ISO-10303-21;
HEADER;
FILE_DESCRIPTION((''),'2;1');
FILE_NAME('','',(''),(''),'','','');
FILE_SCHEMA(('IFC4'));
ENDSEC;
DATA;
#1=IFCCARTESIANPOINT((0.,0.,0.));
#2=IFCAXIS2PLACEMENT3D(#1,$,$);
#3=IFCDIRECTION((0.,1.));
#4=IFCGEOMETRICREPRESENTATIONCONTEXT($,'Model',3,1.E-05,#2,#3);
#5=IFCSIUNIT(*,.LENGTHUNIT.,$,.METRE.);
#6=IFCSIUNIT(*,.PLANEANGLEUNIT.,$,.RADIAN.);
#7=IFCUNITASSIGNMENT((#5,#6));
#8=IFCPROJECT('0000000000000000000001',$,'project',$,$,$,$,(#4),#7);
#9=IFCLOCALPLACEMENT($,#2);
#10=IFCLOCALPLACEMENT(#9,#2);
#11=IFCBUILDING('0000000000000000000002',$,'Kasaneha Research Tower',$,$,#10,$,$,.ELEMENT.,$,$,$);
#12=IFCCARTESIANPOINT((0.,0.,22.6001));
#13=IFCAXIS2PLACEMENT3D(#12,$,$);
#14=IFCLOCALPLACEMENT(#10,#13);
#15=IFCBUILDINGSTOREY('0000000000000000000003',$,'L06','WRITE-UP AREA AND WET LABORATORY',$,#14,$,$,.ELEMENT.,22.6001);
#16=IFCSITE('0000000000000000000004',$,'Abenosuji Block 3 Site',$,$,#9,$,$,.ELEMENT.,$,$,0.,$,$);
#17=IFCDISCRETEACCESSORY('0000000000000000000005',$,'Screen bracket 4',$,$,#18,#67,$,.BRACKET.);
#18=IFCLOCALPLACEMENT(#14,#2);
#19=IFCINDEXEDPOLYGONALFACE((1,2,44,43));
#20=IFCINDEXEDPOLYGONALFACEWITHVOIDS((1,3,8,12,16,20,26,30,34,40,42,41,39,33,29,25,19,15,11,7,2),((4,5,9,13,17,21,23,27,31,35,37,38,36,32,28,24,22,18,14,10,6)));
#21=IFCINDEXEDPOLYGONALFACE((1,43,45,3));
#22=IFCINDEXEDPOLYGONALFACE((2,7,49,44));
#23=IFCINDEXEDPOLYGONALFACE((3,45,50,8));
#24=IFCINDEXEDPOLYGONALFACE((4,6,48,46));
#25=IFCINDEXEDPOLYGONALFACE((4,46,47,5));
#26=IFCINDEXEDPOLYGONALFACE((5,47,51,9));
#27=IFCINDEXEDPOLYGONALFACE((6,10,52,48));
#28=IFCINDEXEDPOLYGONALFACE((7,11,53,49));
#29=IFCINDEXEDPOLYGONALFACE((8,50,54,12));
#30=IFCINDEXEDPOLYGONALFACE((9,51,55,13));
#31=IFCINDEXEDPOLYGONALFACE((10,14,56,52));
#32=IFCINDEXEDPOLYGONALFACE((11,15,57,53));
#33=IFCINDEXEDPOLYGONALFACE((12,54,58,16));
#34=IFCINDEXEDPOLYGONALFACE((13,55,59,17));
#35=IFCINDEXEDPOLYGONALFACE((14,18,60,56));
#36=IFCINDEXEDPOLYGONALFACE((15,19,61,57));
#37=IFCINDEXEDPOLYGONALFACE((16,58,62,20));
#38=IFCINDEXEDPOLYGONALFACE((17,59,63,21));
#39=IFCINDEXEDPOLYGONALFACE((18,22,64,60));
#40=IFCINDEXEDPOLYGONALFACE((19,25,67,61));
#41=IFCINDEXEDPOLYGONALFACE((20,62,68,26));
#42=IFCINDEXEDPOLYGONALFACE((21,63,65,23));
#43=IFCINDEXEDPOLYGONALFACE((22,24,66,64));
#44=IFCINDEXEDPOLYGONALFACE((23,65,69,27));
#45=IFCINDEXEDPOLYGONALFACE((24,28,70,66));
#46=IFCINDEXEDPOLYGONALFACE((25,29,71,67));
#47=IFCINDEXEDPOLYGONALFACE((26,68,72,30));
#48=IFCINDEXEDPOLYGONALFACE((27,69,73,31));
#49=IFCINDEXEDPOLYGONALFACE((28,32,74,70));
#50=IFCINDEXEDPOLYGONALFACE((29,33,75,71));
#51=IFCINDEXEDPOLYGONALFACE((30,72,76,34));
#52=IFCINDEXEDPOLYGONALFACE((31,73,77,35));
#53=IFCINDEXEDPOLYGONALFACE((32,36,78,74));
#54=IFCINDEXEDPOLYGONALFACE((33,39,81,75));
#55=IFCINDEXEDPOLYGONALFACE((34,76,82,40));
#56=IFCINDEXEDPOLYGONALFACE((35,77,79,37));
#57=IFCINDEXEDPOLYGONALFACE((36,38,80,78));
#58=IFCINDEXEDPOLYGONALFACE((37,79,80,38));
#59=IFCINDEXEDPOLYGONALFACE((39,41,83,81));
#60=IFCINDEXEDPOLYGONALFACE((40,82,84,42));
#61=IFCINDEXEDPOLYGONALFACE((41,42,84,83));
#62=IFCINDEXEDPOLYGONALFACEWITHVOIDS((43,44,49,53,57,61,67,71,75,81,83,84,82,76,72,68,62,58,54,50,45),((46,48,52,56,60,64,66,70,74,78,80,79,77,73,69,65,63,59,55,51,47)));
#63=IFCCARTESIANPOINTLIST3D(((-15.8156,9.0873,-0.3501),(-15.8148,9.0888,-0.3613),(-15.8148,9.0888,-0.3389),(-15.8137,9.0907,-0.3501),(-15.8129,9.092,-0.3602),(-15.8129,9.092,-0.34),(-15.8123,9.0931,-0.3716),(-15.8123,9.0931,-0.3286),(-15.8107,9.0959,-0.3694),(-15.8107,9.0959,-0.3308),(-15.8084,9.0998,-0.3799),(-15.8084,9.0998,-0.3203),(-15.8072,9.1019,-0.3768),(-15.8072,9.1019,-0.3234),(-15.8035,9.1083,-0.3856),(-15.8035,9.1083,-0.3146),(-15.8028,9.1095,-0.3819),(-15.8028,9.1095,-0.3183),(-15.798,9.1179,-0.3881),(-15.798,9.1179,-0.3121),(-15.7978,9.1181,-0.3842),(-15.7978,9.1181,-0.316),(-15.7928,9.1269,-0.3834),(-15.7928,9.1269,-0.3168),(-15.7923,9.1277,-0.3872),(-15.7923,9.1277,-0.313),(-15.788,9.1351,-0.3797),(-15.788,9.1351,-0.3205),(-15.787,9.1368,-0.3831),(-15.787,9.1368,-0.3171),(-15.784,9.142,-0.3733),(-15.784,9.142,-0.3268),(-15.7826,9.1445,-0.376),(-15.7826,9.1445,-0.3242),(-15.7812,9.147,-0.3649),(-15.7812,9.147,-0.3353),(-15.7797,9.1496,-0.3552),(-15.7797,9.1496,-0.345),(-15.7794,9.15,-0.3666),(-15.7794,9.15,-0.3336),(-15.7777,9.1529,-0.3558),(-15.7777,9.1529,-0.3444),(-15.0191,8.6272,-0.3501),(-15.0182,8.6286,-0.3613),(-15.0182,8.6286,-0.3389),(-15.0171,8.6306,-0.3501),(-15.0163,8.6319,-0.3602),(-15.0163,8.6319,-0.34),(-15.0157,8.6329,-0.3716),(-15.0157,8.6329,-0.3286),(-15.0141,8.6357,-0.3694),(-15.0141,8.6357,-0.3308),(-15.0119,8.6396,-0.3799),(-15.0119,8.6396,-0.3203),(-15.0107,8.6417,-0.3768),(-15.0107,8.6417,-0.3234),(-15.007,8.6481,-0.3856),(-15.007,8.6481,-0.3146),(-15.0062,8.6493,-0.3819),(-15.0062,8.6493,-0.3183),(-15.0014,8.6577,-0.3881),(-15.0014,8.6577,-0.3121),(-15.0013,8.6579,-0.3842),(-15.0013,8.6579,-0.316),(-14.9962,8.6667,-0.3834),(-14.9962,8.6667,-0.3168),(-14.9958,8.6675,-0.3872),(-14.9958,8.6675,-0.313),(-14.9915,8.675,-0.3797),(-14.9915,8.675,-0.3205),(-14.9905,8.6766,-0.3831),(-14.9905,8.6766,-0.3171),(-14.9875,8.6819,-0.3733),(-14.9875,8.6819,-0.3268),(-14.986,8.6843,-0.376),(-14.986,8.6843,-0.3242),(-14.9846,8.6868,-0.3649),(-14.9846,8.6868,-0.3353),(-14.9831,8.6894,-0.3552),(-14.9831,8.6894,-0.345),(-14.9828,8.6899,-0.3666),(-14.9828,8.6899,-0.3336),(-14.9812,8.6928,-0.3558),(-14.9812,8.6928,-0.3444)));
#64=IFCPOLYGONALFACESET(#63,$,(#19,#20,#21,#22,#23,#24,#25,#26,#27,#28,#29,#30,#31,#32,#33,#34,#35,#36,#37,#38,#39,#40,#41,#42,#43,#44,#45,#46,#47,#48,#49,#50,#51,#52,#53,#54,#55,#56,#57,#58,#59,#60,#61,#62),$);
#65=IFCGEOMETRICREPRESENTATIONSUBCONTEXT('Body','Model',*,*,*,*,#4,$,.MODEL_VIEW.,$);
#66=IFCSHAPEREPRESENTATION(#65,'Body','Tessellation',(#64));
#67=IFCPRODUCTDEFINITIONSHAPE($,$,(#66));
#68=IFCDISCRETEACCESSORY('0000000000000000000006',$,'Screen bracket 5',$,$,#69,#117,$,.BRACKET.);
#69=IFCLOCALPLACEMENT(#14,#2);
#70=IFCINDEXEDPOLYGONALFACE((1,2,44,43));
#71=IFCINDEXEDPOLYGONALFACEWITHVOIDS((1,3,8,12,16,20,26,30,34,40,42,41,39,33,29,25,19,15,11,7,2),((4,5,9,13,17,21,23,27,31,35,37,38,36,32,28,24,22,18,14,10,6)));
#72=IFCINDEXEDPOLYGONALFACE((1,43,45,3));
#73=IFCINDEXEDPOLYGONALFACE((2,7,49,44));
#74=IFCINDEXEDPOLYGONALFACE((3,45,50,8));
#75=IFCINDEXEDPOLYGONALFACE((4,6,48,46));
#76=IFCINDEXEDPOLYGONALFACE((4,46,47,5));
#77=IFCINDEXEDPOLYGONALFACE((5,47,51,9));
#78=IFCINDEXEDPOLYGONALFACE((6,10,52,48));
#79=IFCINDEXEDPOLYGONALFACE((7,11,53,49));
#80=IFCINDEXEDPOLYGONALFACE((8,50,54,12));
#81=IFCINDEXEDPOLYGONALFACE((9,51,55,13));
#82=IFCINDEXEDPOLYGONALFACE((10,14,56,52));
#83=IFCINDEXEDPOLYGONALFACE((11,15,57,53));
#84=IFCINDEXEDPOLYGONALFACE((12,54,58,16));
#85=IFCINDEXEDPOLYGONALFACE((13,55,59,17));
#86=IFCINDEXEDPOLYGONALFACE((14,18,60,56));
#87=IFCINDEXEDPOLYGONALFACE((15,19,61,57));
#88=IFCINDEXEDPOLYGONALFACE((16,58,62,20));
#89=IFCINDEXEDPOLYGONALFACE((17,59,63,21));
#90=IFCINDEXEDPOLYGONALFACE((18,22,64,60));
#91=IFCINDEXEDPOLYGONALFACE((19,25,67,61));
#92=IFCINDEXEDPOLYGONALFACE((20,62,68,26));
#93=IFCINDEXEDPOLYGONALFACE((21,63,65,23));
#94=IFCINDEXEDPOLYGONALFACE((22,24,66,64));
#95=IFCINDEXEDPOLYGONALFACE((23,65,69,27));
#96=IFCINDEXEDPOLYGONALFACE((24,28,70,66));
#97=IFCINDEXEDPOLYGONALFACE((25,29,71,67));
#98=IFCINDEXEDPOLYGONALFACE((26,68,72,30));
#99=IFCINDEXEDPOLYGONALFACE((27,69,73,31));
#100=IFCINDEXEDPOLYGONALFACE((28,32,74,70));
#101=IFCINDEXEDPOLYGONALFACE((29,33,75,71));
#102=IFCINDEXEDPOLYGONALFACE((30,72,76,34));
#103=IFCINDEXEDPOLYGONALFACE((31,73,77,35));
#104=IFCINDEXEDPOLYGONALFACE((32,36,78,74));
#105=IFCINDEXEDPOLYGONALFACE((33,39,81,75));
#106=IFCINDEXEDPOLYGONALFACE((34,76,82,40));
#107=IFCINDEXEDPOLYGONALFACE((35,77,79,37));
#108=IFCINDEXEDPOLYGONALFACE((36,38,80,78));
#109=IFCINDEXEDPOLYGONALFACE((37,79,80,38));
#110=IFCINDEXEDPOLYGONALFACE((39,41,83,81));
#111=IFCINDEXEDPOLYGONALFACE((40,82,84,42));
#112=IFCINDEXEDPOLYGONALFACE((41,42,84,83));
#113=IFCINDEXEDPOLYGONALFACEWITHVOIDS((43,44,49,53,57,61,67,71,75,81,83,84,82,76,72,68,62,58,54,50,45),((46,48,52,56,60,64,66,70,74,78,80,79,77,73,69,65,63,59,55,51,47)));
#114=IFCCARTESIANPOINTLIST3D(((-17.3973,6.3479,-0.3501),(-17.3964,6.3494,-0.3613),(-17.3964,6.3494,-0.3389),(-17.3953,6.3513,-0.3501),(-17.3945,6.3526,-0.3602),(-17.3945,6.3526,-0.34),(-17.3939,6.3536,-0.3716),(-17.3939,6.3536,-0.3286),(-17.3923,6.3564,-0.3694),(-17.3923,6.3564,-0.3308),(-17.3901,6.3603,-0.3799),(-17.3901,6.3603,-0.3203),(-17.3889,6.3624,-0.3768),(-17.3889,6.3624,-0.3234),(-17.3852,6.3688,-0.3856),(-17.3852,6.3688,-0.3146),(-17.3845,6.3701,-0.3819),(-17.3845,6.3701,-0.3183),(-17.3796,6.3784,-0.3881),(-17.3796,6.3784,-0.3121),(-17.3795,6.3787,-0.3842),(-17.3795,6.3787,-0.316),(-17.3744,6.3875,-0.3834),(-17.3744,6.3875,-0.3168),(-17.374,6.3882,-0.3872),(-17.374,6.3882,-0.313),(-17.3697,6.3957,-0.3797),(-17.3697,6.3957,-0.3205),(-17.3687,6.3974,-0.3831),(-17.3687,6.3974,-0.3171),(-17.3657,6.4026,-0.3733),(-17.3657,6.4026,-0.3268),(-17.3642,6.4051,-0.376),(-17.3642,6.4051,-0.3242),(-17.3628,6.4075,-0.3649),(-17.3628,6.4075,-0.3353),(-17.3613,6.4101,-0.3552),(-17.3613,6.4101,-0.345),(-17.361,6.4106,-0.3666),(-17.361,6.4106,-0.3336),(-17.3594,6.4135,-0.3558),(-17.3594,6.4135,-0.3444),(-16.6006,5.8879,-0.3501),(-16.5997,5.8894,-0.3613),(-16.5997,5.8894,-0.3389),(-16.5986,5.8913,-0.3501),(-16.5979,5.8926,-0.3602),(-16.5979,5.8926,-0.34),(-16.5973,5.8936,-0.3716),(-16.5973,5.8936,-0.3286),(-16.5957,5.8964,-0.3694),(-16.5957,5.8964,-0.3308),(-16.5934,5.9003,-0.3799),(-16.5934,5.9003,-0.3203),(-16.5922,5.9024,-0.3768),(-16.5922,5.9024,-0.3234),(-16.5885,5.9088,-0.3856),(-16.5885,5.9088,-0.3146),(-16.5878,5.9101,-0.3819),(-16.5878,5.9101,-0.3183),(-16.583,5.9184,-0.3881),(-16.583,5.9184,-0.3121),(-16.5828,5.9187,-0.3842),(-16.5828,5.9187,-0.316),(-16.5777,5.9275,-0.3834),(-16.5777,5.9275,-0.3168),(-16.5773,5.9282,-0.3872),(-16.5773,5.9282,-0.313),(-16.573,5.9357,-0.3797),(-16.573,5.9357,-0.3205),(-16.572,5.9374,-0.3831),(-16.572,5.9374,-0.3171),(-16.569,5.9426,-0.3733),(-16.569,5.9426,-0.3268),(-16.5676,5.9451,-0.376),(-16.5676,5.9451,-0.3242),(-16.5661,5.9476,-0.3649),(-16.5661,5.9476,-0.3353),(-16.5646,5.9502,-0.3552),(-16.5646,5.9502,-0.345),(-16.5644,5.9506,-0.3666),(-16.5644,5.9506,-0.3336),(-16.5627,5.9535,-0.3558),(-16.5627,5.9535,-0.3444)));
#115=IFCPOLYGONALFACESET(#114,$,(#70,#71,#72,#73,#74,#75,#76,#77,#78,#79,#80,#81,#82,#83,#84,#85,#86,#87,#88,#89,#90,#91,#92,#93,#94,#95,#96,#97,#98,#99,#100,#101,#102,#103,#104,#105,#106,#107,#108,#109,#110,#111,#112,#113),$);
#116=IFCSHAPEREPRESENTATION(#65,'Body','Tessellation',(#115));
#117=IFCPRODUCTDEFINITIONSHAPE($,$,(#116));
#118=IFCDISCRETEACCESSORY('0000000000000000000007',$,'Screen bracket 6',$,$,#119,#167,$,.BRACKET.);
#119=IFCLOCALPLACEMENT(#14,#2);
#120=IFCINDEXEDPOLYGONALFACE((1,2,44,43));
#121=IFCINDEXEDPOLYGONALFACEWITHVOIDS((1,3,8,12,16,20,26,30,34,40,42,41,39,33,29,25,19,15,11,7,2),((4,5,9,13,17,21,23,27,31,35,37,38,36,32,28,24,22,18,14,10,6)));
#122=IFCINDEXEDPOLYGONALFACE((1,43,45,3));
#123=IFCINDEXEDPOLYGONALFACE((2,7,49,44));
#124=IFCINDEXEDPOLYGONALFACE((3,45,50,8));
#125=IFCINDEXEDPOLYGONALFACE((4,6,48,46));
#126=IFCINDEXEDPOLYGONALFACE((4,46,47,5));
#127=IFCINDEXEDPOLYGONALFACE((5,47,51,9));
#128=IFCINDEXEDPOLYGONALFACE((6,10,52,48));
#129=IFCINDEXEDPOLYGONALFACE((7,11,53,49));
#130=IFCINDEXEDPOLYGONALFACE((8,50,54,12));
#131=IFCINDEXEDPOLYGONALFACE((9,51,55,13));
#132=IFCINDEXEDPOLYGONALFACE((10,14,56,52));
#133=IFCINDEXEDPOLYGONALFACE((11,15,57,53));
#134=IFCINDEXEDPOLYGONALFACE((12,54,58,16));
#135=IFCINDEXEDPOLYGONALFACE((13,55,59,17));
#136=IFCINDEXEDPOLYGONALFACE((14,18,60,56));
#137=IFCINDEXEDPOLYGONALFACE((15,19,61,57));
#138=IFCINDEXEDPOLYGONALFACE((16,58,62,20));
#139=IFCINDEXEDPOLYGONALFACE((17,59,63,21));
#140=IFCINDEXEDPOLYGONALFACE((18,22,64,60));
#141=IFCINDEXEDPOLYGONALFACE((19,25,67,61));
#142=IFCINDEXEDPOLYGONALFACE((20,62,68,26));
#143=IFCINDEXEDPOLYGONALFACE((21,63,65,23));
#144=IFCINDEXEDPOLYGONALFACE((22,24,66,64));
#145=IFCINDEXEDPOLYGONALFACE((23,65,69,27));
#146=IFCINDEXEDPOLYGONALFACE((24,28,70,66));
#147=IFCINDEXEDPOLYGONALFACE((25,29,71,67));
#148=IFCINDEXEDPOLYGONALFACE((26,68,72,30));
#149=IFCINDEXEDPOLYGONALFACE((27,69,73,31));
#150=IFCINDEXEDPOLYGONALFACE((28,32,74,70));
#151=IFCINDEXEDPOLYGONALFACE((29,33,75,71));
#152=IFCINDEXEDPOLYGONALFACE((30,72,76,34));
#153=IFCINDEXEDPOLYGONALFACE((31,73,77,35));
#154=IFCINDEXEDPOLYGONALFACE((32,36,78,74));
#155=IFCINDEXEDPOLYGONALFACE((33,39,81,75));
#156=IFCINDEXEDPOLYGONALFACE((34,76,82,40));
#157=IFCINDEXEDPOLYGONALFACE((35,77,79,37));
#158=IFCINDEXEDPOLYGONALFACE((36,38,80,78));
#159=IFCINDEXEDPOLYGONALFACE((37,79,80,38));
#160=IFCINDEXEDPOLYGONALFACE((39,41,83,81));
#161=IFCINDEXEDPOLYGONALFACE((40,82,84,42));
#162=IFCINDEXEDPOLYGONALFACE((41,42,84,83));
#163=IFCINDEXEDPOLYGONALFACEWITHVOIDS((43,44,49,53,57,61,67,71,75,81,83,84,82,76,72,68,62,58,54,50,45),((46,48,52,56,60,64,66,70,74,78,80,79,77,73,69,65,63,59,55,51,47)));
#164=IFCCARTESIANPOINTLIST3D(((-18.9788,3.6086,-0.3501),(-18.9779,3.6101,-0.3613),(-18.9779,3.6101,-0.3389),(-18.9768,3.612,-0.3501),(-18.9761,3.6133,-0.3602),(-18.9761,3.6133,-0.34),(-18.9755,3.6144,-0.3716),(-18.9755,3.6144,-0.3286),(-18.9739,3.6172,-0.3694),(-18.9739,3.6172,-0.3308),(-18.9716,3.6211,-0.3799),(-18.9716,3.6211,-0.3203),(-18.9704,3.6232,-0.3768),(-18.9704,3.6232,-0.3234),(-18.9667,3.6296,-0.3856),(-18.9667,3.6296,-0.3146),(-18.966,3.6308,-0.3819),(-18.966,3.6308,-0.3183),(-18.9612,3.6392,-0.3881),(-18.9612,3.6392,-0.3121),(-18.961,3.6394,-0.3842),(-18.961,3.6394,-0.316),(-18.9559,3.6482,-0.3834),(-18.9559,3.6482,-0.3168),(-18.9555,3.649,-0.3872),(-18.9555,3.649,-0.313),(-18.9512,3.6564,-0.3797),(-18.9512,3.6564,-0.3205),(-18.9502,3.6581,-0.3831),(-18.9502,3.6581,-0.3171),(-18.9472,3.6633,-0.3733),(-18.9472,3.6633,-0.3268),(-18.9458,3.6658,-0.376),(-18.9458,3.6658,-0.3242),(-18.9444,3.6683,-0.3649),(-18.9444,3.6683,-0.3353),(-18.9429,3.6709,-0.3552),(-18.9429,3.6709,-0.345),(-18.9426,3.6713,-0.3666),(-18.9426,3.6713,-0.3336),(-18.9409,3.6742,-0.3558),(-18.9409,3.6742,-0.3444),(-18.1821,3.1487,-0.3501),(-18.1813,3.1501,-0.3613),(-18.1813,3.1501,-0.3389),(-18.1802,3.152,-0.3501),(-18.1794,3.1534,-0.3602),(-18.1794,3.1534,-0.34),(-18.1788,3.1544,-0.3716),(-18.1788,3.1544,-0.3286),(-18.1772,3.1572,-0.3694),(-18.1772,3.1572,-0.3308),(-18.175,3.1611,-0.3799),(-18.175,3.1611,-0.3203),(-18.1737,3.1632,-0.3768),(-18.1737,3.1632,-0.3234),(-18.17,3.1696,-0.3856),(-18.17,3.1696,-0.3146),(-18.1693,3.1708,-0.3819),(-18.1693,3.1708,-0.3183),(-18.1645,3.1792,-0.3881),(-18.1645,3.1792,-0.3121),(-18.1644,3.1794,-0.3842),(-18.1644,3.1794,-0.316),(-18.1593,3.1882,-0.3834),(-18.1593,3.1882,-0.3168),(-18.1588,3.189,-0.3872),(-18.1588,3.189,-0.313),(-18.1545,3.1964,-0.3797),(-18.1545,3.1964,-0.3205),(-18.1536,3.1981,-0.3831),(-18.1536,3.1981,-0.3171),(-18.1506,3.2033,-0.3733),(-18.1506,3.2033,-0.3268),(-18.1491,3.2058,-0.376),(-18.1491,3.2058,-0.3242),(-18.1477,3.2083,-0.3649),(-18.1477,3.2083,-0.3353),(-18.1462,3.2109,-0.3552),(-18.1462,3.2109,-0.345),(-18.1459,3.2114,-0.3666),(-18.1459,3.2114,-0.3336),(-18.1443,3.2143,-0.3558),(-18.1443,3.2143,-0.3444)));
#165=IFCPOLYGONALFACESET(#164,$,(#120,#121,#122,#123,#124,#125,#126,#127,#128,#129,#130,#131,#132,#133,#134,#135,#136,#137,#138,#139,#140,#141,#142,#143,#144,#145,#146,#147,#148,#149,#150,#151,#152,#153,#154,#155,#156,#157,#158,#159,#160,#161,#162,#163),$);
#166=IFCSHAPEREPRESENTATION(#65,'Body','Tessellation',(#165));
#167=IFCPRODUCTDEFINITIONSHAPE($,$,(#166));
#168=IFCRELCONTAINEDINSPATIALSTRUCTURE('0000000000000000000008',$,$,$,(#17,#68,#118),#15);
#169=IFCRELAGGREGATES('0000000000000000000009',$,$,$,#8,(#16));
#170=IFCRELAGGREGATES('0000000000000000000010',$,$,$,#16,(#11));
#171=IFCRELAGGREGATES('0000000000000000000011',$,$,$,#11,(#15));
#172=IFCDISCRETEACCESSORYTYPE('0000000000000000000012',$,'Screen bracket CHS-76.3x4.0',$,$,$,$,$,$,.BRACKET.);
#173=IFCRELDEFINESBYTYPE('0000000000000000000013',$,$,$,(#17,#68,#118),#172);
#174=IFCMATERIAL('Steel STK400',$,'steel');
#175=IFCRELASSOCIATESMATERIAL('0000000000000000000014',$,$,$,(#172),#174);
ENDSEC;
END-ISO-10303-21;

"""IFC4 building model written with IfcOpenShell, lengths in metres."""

from ifc_helpers import new_model, si_unit, direction, frame, origin, origin_2d, place, context, subcontext, project, spatial, hollow_circle, extrude, material, material_profile, profile_set, type_object, element, save


model = new_model("IFC4")

# Units and contexts
model_context = context("Model", 3, precision=1e-05, world=origin(), true_north=direction((0.0, 1.0)))
body_context = subcontext(model_context, "Body", "Model", "MODEL_VIEW")
ifc_project = project(units=[si_unit("LENGTHUNIT", "METRE"), si_unit("PLANEANGLEUNIT", "RADIAN")], contexts=[model_context])

# Site, building, storey
site_placement = place(None, origin())
site = spatial("IfcSite", under=ifc_project, at=site_placement, Name="Abenosuji Block 3 Site", CompositionType="ELEMENT", RefElevation=0.0)
building_placement = place(site_placement, origin())
building = spatial("IfcBuilding", under=site, at=building_placement, Name="Kasaneha Research Tower", CompositionType="ELEMENT")
storey_placement = place(building_placement, frame((0.0, 0.0, 22.6001)))
storey = spatial("IfcBuildingStorey", under=building, at=storey_placement, Name="L06", Description="WRITE-UP AREA AND WET LABORATORY", CompositionType="ELEMENT", Elevation=22.6001)

# Discrete accessories
ifc_material_1 = material(Name="Steel STK400", Category="steel")
ifc_material_profile_1 = material_profile(ifc_material_1, hollow_circle(Radius=0.0381, WallThickness=0.0039, at=origin_2d()), Name="CHS-76.3x4.0")
ifc_profile_set_1 = profile_set([ifc_material_profile_1], Name="Steel STK400")
discrete_accessory_type = type_object("IfcDiscreteAccessoryType", Name="Screen bracket CHS-76.3x4.0", PredefinedType="BRACKET", material=ifc_profile_set_1)
for number, where, z_axis, x_axis, name in (
    (1, (-15.0, 8.6602, -0.3501), (-0.865898, 0.50022, 0.0), (-0.50022, -0.865898, 0.0), "Screen bracket 4"),
    (2, (-16.5815, 5.9209, -0.3501), (-0.866013, 0.500021, 0.0), (-0.500021, -0.866013, 0.0), "Screen bracket 5"),
    (3, (-18.1631, 3.1816, -0.3501), (-0.866013, 0.500021, 0.0), (-0.500021, -0.866013, 0.0), "Screen bracket 6"),
):
    element("IfcDiscreteAccessory", number, at=place(storey_placement, frame(where, z_axis=z_axis, x_axis=x_axis)), inside=storey, type_object=discrete_accessory_type, Name=name, PredefinedType="BRACKET", context=body_context, shape_type="SweptSolid", body=[
        extrude(hollow_circle(Radius=0.0381, WallThickness=0.0039, at=origin_2d()), origin(), (0.0, 0.0, 1.0), 0.9199),
    ])

save(model, "model.ifc")
